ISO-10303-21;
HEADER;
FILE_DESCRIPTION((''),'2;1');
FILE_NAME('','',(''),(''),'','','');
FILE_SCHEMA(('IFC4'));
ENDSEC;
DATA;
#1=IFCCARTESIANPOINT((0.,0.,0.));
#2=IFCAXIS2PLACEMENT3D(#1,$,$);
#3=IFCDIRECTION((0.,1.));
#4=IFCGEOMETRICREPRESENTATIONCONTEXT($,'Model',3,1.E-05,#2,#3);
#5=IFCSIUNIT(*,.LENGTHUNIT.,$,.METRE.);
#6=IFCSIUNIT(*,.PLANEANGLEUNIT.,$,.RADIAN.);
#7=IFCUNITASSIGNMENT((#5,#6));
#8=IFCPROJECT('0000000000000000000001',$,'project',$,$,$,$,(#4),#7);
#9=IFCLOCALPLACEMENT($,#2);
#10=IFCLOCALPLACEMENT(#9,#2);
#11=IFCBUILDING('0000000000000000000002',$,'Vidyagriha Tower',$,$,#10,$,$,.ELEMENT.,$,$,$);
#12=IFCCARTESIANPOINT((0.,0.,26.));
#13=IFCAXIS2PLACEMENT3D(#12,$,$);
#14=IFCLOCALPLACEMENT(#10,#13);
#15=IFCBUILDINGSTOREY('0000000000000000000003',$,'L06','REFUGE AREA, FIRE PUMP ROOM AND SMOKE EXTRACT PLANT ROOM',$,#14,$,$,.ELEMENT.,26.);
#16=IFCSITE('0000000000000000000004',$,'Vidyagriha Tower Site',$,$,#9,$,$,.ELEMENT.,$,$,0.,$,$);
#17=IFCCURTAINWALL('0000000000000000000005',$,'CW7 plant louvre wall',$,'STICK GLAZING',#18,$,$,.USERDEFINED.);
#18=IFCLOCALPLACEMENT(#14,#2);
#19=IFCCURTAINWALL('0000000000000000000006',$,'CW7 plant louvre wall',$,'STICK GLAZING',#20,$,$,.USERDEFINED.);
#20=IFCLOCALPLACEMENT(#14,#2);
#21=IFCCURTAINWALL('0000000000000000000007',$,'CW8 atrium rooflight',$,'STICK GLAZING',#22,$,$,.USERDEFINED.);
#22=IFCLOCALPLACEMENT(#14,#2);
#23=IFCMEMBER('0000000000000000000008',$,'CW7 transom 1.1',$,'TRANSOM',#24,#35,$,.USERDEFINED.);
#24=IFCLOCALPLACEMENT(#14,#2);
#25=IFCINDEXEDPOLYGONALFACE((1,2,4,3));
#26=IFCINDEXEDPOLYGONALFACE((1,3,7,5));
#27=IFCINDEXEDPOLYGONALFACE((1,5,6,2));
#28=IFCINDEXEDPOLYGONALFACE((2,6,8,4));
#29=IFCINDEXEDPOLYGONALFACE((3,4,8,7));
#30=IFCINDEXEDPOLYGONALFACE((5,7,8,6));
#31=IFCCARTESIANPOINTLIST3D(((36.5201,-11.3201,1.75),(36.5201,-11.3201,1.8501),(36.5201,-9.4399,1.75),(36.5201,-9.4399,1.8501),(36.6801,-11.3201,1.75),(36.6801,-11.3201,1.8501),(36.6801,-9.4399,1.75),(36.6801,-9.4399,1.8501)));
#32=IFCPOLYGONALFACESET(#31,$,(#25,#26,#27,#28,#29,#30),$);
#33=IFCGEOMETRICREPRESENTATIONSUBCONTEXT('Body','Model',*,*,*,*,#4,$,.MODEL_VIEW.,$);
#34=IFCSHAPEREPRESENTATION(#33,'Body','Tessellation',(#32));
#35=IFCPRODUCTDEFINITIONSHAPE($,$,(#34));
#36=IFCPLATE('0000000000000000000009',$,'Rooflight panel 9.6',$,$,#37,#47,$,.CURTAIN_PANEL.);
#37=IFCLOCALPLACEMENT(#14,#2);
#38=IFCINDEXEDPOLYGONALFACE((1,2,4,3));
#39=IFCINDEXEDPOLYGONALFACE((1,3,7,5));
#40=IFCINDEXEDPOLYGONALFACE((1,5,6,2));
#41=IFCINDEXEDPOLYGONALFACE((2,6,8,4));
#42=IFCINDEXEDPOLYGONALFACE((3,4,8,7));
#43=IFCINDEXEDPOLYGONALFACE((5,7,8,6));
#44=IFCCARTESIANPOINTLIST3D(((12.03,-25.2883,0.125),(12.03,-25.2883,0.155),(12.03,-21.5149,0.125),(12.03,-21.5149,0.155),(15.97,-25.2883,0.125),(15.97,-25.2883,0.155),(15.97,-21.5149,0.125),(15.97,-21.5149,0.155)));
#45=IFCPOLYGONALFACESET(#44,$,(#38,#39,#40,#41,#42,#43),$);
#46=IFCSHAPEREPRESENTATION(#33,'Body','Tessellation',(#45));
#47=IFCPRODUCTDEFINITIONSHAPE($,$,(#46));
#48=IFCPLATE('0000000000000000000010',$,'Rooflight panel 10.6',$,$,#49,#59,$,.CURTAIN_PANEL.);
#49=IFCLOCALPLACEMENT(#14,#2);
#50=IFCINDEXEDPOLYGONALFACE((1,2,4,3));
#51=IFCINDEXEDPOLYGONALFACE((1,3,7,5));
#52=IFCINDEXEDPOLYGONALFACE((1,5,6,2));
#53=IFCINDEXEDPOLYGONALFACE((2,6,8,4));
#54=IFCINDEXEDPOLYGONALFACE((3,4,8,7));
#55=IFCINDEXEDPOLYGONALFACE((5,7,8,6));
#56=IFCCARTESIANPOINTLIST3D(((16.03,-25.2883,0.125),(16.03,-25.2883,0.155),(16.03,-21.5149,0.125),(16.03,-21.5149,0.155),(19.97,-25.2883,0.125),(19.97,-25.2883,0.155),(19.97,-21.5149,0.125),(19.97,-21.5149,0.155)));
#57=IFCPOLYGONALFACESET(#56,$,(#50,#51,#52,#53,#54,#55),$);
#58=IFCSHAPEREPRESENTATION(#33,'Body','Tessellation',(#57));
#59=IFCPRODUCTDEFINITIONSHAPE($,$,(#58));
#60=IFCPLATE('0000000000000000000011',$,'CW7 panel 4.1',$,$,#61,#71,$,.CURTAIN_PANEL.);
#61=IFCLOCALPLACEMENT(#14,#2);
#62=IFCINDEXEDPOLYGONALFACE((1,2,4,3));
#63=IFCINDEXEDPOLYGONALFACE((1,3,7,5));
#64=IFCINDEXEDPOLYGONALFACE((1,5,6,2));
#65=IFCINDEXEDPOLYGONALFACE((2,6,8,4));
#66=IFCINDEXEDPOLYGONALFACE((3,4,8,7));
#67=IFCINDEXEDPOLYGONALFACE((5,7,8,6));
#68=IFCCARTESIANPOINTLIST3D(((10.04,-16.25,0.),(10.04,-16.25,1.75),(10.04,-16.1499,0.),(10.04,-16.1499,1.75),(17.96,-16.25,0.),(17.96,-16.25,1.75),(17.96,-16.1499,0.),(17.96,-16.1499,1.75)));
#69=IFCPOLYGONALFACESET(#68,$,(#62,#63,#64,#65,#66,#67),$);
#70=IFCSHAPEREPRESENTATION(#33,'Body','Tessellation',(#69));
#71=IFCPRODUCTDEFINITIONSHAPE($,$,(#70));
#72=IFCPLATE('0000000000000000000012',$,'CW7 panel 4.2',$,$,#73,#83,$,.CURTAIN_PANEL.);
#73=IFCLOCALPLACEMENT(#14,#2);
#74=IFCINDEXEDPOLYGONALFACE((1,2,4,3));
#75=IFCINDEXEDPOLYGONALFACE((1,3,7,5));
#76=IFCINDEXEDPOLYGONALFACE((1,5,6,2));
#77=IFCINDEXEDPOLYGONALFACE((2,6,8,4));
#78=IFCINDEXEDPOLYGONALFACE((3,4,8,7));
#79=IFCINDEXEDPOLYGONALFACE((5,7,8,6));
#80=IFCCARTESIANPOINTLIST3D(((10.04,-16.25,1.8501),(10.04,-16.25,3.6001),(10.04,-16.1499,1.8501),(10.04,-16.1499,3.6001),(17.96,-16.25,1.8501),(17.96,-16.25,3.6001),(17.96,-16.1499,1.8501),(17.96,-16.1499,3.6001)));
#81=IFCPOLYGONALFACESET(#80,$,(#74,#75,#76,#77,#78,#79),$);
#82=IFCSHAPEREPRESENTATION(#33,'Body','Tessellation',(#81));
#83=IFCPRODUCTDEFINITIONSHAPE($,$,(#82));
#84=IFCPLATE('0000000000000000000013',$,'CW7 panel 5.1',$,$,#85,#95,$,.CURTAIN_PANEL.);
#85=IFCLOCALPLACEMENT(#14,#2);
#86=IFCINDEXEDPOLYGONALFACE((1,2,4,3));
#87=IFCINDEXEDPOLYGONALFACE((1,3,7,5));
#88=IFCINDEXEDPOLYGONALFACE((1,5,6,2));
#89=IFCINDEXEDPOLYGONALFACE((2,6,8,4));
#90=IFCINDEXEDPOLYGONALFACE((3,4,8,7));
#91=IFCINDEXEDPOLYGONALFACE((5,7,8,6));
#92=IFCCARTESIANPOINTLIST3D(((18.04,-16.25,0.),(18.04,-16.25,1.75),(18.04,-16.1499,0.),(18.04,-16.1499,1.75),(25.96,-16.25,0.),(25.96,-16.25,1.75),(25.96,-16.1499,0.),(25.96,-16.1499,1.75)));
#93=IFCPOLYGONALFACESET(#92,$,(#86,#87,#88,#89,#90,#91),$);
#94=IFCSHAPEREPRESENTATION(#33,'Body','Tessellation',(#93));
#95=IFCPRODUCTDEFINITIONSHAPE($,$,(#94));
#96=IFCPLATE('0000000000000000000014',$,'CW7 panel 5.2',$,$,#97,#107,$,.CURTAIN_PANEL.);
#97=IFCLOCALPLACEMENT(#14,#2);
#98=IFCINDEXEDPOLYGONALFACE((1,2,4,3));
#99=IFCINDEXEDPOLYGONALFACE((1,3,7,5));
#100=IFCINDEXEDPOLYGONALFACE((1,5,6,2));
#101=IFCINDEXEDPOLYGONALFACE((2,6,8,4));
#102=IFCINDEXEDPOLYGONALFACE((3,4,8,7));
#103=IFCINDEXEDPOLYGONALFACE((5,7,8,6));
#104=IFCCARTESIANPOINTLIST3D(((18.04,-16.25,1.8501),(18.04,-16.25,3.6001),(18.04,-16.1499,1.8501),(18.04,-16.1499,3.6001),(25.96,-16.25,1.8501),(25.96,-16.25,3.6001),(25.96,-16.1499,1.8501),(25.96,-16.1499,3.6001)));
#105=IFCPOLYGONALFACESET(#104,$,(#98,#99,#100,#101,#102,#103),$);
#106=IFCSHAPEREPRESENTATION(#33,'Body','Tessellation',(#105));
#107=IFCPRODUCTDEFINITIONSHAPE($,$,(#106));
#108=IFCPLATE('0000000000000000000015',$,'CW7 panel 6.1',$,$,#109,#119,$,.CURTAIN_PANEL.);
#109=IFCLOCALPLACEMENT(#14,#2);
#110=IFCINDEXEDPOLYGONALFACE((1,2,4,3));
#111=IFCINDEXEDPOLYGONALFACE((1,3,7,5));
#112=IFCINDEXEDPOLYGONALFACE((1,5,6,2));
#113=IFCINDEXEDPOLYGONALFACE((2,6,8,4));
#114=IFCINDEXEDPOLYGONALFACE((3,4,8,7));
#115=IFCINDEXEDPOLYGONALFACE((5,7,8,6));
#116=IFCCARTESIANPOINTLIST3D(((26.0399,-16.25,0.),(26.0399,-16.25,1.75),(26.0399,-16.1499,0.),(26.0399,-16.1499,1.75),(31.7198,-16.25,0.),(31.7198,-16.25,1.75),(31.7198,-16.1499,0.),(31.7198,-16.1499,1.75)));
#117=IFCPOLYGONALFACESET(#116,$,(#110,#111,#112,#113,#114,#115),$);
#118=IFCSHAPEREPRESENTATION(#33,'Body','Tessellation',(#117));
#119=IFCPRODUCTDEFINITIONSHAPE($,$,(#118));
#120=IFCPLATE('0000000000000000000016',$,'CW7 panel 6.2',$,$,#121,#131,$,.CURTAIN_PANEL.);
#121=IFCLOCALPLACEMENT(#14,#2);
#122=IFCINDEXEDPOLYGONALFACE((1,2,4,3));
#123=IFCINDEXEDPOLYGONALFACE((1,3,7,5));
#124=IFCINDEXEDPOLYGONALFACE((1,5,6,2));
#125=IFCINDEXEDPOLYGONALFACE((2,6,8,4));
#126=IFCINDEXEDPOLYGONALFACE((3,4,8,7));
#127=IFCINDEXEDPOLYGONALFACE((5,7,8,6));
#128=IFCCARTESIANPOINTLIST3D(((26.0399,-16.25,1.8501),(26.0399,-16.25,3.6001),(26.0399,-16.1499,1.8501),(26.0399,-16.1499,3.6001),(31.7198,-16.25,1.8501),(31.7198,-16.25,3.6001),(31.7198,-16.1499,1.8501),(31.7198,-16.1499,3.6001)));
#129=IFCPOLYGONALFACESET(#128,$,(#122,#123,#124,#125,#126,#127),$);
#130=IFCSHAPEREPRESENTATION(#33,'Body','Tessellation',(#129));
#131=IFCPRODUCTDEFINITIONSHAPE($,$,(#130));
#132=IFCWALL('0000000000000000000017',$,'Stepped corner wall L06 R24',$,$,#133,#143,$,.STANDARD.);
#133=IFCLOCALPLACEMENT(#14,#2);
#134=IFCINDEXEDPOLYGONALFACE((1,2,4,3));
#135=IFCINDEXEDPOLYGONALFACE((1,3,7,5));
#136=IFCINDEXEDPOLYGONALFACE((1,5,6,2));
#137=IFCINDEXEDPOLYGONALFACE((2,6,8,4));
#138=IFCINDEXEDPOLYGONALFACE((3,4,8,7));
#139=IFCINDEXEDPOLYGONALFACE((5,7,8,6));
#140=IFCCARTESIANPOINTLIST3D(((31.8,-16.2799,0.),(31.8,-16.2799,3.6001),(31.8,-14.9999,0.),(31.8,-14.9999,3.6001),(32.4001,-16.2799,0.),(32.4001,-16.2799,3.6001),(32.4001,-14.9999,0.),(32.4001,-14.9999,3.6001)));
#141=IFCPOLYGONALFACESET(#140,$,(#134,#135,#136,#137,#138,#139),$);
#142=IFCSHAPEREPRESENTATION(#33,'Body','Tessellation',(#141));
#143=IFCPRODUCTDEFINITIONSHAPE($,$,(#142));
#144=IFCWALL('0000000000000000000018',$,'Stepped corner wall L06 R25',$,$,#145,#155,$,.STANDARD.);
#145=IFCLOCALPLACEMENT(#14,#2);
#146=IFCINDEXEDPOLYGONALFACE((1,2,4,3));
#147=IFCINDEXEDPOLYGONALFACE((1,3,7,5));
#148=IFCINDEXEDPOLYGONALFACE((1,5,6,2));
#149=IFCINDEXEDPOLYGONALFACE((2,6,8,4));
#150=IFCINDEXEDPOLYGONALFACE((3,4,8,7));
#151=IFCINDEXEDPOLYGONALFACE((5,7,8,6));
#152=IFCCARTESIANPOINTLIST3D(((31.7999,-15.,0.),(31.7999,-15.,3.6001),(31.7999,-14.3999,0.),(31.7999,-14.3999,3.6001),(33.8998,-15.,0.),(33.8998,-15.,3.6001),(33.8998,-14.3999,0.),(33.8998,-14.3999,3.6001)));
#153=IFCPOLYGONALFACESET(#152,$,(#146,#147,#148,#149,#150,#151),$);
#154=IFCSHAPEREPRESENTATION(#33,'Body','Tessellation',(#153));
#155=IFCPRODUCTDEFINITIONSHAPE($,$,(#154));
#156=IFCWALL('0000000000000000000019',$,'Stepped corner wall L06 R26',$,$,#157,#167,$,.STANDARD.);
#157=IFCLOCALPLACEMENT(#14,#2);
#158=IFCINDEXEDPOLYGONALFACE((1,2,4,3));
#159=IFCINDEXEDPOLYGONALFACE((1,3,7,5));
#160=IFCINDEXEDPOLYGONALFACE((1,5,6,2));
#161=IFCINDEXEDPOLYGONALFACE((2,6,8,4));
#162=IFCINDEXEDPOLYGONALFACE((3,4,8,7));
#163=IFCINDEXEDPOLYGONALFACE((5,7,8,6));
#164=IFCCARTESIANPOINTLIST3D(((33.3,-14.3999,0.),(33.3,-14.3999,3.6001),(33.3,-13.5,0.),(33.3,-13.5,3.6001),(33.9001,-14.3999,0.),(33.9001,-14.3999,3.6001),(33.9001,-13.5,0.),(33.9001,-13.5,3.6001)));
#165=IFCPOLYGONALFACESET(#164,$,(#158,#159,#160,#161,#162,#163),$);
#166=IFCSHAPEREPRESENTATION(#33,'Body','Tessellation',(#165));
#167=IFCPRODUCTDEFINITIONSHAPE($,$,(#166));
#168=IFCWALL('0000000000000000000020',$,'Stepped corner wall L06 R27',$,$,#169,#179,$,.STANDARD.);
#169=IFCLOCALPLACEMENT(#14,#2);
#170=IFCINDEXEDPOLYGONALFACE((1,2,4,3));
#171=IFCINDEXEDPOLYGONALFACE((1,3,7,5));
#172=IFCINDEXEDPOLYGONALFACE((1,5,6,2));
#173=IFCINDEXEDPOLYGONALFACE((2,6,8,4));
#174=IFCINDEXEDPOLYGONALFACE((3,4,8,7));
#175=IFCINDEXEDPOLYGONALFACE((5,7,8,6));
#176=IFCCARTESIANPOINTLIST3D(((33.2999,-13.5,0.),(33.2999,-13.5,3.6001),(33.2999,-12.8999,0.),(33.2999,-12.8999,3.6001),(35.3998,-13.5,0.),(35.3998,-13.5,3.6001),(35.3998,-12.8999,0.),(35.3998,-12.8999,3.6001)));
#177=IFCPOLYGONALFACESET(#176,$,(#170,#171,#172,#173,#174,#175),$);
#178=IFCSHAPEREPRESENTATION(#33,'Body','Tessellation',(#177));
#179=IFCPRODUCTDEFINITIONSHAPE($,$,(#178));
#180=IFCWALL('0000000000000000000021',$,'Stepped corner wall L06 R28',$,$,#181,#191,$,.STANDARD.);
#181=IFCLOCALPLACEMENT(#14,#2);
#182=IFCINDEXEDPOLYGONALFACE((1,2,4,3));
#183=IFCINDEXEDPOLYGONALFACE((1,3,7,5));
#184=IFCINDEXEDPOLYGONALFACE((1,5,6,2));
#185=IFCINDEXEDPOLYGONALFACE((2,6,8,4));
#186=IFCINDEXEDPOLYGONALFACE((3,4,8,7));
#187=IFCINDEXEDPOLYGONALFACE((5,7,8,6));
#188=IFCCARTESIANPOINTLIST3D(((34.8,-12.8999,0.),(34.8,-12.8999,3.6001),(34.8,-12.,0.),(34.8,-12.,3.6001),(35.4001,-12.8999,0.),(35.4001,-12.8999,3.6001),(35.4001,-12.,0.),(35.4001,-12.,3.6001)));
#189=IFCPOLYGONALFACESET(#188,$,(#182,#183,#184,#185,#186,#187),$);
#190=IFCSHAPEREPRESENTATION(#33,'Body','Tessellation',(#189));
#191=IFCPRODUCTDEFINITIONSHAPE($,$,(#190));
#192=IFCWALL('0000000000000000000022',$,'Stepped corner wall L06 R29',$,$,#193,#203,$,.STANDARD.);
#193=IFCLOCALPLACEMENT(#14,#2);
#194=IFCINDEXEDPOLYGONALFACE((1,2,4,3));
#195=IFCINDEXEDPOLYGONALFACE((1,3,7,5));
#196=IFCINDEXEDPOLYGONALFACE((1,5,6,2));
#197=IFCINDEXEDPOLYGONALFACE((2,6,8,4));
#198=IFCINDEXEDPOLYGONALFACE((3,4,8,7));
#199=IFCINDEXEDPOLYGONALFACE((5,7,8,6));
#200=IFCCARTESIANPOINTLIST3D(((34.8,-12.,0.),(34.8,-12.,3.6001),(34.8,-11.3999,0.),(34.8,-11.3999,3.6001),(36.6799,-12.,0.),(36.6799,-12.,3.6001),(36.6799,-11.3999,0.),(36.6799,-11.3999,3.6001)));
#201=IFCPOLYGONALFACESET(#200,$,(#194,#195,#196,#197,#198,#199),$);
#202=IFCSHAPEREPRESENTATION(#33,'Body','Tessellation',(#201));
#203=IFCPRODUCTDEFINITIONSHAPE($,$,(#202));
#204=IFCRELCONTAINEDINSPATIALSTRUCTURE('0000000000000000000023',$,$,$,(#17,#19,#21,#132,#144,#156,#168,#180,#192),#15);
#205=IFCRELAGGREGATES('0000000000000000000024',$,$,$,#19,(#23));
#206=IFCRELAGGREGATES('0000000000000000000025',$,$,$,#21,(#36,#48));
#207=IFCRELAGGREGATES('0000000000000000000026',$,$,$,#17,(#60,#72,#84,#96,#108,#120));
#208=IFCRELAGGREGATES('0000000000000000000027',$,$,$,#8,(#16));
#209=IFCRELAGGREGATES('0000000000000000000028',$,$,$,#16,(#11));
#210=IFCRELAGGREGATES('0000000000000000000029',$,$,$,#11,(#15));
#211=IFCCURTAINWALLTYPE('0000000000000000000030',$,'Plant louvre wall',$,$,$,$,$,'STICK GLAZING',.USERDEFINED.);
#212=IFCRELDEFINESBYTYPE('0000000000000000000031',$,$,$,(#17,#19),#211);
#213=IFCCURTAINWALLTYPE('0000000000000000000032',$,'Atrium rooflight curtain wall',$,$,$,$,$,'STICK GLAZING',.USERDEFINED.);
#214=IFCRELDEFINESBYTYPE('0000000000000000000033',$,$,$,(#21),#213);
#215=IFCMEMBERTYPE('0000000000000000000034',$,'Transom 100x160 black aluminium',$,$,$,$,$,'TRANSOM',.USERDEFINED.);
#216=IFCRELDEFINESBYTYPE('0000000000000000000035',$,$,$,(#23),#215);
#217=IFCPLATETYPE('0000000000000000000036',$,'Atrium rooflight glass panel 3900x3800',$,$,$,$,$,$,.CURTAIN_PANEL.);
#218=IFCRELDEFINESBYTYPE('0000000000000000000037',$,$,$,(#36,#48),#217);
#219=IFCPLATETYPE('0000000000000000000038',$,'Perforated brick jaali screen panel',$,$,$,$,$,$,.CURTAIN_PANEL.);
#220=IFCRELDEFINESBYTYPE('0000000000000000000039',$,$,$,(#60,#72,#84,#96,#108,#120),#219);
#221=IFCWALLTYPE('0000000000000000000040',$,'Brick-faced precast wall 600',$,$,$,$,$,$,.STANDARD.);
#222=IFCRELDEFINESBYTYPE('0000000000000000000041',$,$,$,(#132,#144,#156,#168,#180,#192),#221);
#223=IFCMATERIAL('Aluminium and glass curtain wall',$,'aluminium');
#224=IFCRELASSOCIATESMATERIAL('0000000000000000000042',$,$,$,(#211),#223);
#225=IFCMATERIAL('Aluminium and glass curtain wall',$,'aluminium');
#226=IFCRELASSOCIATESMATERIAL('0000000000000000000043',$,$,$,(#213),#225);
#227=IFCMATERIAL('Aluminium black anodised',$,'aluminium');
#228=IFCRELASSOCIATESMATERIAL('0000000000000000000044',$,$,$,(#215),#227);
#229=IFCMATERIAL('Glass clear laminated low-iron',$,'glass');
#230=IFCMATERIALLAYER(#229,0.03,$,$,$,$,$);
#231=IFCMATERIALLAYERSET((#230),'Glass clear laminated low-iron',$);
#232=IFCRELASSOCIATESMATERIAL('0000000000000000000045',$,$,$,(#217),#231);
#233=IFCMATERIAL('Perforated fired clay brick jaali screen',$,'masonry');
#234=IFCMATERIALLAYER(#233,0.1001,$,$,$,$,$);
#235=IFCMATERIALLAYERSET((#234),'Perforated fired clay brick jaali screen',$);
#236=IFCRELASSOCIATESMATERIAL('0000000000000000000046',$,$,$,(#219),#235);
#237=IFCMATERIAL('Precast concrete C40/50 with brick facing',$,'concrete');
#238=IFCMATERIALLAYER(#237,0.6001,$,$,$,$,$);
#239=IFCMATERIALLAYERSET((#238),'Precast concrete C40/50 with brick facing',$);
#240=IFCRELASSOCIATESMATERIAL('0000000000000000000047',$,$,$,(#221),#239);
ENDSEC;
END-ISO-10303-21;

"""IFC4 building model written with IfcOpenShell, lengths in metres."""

from ifc_helpers import new_model, si_unit, direction, frame, frame_2d, origin, origin_2d, place, context, subcontext, project, spatial, rectangle, extrude, material, layer, layer_set, material_profile, profile_set, type_object, element, aggregate, save


model = new_model("IFC4")

# Units and contexts
model_context = context("Model", 3, precision=1e-05, world=origin(), true_north=direction((0.0, 1.0)))
body_context = subcontext(model_context, "Body", "Model", "MODEL_VIEW")
ifc_project = project(units=[si_unit("LENGTHUNIT", "METRE"), si_unit("PLANEANGLEUNIT", "RADIAN")], contexts=[model_context])

# Site, building, storey
site_placement = place(None, origin())
site = spatial("IfcSite", under=ifc_project, at=site_placement, Name="Vidyagriha Tower Site", CompositionType="ELEMENT", RefElevation=0.0)
building_placement = place(site_placement, origin())
building = spatial("IfcBuilding", under=site, at=building_placement, Name="Vidyagriha Tower", CompositionType="ELEMENT")
storey_placement = place(building_placement, frame((0.0, 0.0, 26.0)))
storey = spatial("IfcBuildingStorey", under=building, at=storey_placement, Name="L06", Description="REFUGE AREA, FIRE PUMP ROOM AND SMOKE EXTRACT PLANT ROOM", CompositionType="ELEMENT", Elevation=26.0)

# Curtain wall
ifc_material_1 = material(Name="Aluminium and glass curtain wall", Category="aluminium")
curtain_wall_type_1 = type_object("IfcCurtainWallType", Name="Plant louvre wall", ElementType="STICK GLAZING", PredefinedType="USERDEFINED", material=ifc_material_1)
curtain_wall_1_placement = place(storey_placement, origin())
curtain_wall_1 = element("IfcCurtainWall", 1, at=curtain_wall_1_placement, inside=storey, type_object=curtain_wall_type_1, Name="CW7 plant louvre wall", ObjectType="STICK GLAZING", PredefinedType="USERDEFINED")

# Curtain walls
curtain_wall_2_placement = place(storey_placement, origin())
curtain_wall_2 = element("IfcCurtainWall", 2, at=curtain_wall_2_placement, inside=storey, type_object=curtain_wall_type_1, Name="CW7 plant louvre wall", ObjectType="STICK GLAZING", PredefinedType="USERDEFINED")
ifc_material_2 = material(Name="Aluminium and glass curtain wall", Category="aluminium")
curtain_wall_type_2 = type_object("IfcCurtainWallType", Name="Atrium rooflight curtain wall", ElementType="STICK GLAZING", PredefinedType="USERDEFINED", material=ifc_material_2)
curtain_wall_3_placement = place(storey_placement, origin())
curtain_wall_3 = element("IfcCurtainWall", 3, at=curtain_wall_3_placement, inside=storey, type_object=curtain_wall_type_2, Name="CW8 atrium rooflight", ObjectType="STICK GLAZING", PredefinedType="USERDEFINED")

# Member
ifc_material_3 = material(Name="Aluminium black anodised", Category="aluminium")
ifc_material_profile_1 = material_profile(ifc_material_3, rectangle(XDim=0.1599, YDim=0.1001, at=origin_2d()), Name="Transom 100x160 black aluminium")
ifc_profile_set_1 = profile_set([ifc_material_profile_1], Name="Aluminium black anodised")
member_type_1 = type_object("IfcMemberType", Name="Transom 100x160 black aluminium", ElementType="TRANSOM", PredefinedType="USERDEFINED", material=ifc_profile_set_1)
member_1_placement = place(storey_placement, frame((36.6001, -11.3201, 1.8), z_axis=(0.0, 1.0, 0.0), x_axis=(-1.0, 0.0, 0.0)))
member_1 = element("IfcMember", 4, at=member_1_placement, type_object=member_type_1, Name="CW7 transom 1.1", ObjectType="TRANSOM", PredefinedType="USERDEFINED", context=body_context, shape_type="SweptSolid", body=[
    extrude(rectangle(XDim=0.1599, YDim=0.1001, at=origin_2d()), origin(), (0.0, 0.0, 1.0), 1.8801),
])
aggregate(curtain_wall_2, [member_1])

# Plates
ifc_material_4 = material(Name="Glass clear laminated low-iron", Category="glass")
ifc_layer_1 = layer(ifc_material_4, 0.03)
ifc_layer_set_1 = layer_set([ifc_layer_1], Name="Glass clear laminated low-iron")
plate_type_1 = type_object("IfcPlateType", Name="Atrium rooflight glass panel 3900x3800", PredefinedType="CURTAIN_PANEL", material=ifc_layer_set_1)
plate_1_placement = place(storey_placement, frame((14.0, -23.4016, 0.125)))
plate_1 = element("IfcPlate", 5, at=plate_1_placement, type_object=plate_type_1, Name="Rooflight panel 9.6", PredefinedType="CURTAIN_PANEL", context=body_context, shape_type="SweptSolid", body=[
    extrude(rectangle(XDim=3.9399, YDim=3.7734, at=origin_2d()), origin(), (0.0, 0.0, 1.0), 0.03),
])
plate_2_placement = place(storey_placement, frame((18.0, -23.4016, 0.125)))
plate_2 = element("IfcPlate", 6, at=plate_2_placement, type_object=plate_type_1, Name="Rooflight panel 10.6", PredefinedType="CURTAIN_PANEL", context=body_context, shape_type="SweptSolid", body=[
    extrude(rectangle(XDim=3.9399, YDim=3.7734, at=origin_2d()), origin(), (0.0, 0.0, 1.0), 0.03),
])
aggregate(curtain_wall_3, [plate_1, plate_2])
ifc_material_5 = material(Name="Perforated fired clay brick jaali screen", Category="masonry")
ifc_layer_2 = layer(ifc_material_5, 0.1001)
ifc_layer_set_2 = layer_set([ifc_layer_2], Name="Perforated fired clay brick jaali screen")
plate_type_2 = type_object("IfcPlateType", Name="Perforated brick jaali screen panel", PredefinedType="CURTAIN_PANEL", material=ifc_layer_set_2)
plate_3_placement = place(storey_placement, frame((14.0, -16.2, 0.0)))
plate_3 = element("IfcPlate", 7, at=plate_3_placement, type_object=plate_type_2, Name="CW7 panel 4.1", PredefinedType="CURTAIN_PANEL", context=body_context, shape_type="SweptSolid", body=[
    extrude(rectangle(XDim=7.9199, YDim=0.1001, at=origin_2d()), origin(), (0.0, 0.0, 1.0), 1.75),
])
plate_4_placement = place(storey_placement, frame((14.0, -16.2, 1.8501)))
plate_4 = element("IfcPlate", 8, at=plate_4_placement, type_object=plate_type_2, Name="CW7 panel 4.2", PredefinedType="CURTAIN_PANEL", context=body_context, shape_type="SweptSolid", body=[
    extrude(rectangle(XDim=7.9199, YDim=0.1001, at=origin_2d()), origin(), (0.0, 0.0, 1.0), 1.75),
])
plate_5_placement = place(storey_placement, frame((22.0, -16.2, 0.0)))
plate_5 = element("IfcPlate", 9, at=plate_5_placement, type_object=plate_type_2, Name="CW7 panel 5.1", PredefinedType="CURTAIN_PANEL", context=body_context, shape_type="SweptSolid", body=[
    extrude(rectangle(XDim=7.9199, YDim=0.1001, at=origin_2d()), origin(), (0.0, 0.0, 1.0), 1.75),
])
plate_6_placement = place(storey_placement, frame((22.0, -16.2, 1.8501)))
plate_6 = element("IfcPlate", 10, at=plate_6_placement, type_object=plate_type_2, Name="CW7 panel 5.2", PredefinedType="CURTAIN_PANEL", context=body_context, shape_type="SweptSolid", body=[
    extrude(rectangle(XDim=7.9199, YDim=0.1001, at=origin_2d()), origin(), (0.0, 0.0, 1.0), 1.75),
])
plate_7_placement = place(storey_placement, frame((28.8799, -16.2, 0.0)))
plate_7 = element("IfcPlate", 11, at=plate_7_placement, type_object=plate_type_2, Name="CW7 panel 6.1", PredefinedType="CURTAIN_PANEL", context=body_context, shape_type="SweptSolid", body=[
    extrude(rectangle(XDim=5.6799, YDim=0.1001, at=origin_2d()), origin(), (0.0, 0.0, 1.0), 1.75),
])
plate_8_placement = place(storey_placement, frame((28.8799, -16.2, 1.8501)))
plate_8 = element("IfcPlate", 12, at=plate_8_placement, type_object=plate_type_2, Name="CW7 panel 6.2", PredefinedType="CURTAIN_PANEL", context=body_context, shape_type="SweptSolid", body=[
    extrude(rectangle(XDim=5.6799, YDim=0.1001, at=origin_2d()), origin(), (0.0, 0.0, 1.0), 1.75),
])
aggregate(curtain_wall_1, [plate_3, plate_4, plate_5, plate_6, plate_7, plate_8])

# Walls
ifc_material_6 = material(Name="Precast concrete C40/50 with brick facing", Category="concrete")
ifc_layer_3 = layer(ifc_material_6, 0.6001)
ifc_layer_set_3 = layer_set([ifc_layer_3], Name="Precast concrete C40/50 with brick facing")
wall_type_1 = type_object("IfcWallType", Name="Brick-faced precast wall 600", PredefinedType="STANDARD", material=ifc_layer_set_3)
wall_1_placement = place(storey_placement, frame((32.1001, -16.28, 0.0), z_axis=(0.0, 0.0, 1.0), x_axis=(0.0, 1.0, 0.0)))
element("IfcWall", 13, at=wall_1_placement, inside=storey, type_object=wall_type_1, Name="Stepped corner wall L06 R24", PredefinedType="STANDARD", context=body_context, shape_type="SweptSolid", body=[
    extrude(rectangle(XDim=1.28, YDim=0.6001, at=frame_2d((0.6401, 0.0))), origin(), (0.0, 0.0, 1.0), 3.6001),
])
wall_2_placement = place(storey_placement, frame((31.8, -14.7, 0.0)))
element("IfcWall", 14, at=wall_2_placement, inside=storey, type_object=wall_type_1, Name="Stepped corner wall L06 R25", PredefinedType="STANDARD", context=body_context, shape_type="SweptSolid", body=[
    extrude(rectangle(XDim=2.0999, YDim=0.6001, at=frame_2d((1.0498, 0.0))), origin(), (0.0, 0.0, 1.0), 3.6001),
])
wall_3_placement = place(storey_placement, frame((33.6001, -14.3999, 0.0), z_axis=(0.0, 0.0, 1.0), x_axis=(0.0, 1.0, 0.0)))
element("IfcWall", 15, at=wall_3_placement, inside=storey, type_object=wall_type_1, Name="Stepped corner wall L06 R26", PredefinedType="STANDARD", context=body_context, shape_type="SweptSolid", body=[
    extrude(rectangle(XDim=0.8999, YDim=0.6001, at=frame_2d((0.45, 0.0))), origin(), (0.0, 0.0, 1.0), 3.6001),
])
wall_4_placement = place(storey_placement, frame((33.3, -13.2, 0.0)))
element("IfcWall", 16, at=wall_4_placement, inside=storey, type_object=wall_type_1, Name="Stepped corner wall L06 R27", PredefinedType="STANDARD", context=body_context, shape_type="SweptSolid", body=[
    extrude(rectangle(XDim=2.0999, YDim=0.6001, at=frame_2d((1.0498, 0.0))), origin(), (0.0, 0.0, 1.0), 3.6001),
])
wall_5_placement = place(storey_placement, frame((35.1001, -12.8999, 0.0), z_axis=(0.0, 0.0, 1.0), x_axis=(0.0, 1.0, 0.0)))
element("IfcWall", 17, at=wall_5_placement, inside=storey, type_object=wall_type_1, Name="Stepped corner wall L06 R28", PredefinedType="STANDARD", context=body_context, shape_type="SweptSolid", body=[
    extrude(rectangle(XDim=0.8999, YDim=0.6001, at=frame_2d((0.45, 0.0))), origin(), (0.0, 0.0, 1.0), 3.6001),
])
wall_6_placement = place(storey_placement, frame((34.8, -11.7, 0.0)))
element("IfcWall", 18, at=wall_6_placement, inside=storey, type_object=wall_type_1, Name="Stepped corner wall L06 R29", PredefinedType="STANDARD", context=body_context, shape_type="SweptSolid", body=[
    extrude(rectangle(XDim=1.8799, YDim=0.6001, at=frame_2d((0.9399, 0.0))), origin(), (0.0, 0.0, 1.0), 3.6001),
])

save(model, "model.ifc")
